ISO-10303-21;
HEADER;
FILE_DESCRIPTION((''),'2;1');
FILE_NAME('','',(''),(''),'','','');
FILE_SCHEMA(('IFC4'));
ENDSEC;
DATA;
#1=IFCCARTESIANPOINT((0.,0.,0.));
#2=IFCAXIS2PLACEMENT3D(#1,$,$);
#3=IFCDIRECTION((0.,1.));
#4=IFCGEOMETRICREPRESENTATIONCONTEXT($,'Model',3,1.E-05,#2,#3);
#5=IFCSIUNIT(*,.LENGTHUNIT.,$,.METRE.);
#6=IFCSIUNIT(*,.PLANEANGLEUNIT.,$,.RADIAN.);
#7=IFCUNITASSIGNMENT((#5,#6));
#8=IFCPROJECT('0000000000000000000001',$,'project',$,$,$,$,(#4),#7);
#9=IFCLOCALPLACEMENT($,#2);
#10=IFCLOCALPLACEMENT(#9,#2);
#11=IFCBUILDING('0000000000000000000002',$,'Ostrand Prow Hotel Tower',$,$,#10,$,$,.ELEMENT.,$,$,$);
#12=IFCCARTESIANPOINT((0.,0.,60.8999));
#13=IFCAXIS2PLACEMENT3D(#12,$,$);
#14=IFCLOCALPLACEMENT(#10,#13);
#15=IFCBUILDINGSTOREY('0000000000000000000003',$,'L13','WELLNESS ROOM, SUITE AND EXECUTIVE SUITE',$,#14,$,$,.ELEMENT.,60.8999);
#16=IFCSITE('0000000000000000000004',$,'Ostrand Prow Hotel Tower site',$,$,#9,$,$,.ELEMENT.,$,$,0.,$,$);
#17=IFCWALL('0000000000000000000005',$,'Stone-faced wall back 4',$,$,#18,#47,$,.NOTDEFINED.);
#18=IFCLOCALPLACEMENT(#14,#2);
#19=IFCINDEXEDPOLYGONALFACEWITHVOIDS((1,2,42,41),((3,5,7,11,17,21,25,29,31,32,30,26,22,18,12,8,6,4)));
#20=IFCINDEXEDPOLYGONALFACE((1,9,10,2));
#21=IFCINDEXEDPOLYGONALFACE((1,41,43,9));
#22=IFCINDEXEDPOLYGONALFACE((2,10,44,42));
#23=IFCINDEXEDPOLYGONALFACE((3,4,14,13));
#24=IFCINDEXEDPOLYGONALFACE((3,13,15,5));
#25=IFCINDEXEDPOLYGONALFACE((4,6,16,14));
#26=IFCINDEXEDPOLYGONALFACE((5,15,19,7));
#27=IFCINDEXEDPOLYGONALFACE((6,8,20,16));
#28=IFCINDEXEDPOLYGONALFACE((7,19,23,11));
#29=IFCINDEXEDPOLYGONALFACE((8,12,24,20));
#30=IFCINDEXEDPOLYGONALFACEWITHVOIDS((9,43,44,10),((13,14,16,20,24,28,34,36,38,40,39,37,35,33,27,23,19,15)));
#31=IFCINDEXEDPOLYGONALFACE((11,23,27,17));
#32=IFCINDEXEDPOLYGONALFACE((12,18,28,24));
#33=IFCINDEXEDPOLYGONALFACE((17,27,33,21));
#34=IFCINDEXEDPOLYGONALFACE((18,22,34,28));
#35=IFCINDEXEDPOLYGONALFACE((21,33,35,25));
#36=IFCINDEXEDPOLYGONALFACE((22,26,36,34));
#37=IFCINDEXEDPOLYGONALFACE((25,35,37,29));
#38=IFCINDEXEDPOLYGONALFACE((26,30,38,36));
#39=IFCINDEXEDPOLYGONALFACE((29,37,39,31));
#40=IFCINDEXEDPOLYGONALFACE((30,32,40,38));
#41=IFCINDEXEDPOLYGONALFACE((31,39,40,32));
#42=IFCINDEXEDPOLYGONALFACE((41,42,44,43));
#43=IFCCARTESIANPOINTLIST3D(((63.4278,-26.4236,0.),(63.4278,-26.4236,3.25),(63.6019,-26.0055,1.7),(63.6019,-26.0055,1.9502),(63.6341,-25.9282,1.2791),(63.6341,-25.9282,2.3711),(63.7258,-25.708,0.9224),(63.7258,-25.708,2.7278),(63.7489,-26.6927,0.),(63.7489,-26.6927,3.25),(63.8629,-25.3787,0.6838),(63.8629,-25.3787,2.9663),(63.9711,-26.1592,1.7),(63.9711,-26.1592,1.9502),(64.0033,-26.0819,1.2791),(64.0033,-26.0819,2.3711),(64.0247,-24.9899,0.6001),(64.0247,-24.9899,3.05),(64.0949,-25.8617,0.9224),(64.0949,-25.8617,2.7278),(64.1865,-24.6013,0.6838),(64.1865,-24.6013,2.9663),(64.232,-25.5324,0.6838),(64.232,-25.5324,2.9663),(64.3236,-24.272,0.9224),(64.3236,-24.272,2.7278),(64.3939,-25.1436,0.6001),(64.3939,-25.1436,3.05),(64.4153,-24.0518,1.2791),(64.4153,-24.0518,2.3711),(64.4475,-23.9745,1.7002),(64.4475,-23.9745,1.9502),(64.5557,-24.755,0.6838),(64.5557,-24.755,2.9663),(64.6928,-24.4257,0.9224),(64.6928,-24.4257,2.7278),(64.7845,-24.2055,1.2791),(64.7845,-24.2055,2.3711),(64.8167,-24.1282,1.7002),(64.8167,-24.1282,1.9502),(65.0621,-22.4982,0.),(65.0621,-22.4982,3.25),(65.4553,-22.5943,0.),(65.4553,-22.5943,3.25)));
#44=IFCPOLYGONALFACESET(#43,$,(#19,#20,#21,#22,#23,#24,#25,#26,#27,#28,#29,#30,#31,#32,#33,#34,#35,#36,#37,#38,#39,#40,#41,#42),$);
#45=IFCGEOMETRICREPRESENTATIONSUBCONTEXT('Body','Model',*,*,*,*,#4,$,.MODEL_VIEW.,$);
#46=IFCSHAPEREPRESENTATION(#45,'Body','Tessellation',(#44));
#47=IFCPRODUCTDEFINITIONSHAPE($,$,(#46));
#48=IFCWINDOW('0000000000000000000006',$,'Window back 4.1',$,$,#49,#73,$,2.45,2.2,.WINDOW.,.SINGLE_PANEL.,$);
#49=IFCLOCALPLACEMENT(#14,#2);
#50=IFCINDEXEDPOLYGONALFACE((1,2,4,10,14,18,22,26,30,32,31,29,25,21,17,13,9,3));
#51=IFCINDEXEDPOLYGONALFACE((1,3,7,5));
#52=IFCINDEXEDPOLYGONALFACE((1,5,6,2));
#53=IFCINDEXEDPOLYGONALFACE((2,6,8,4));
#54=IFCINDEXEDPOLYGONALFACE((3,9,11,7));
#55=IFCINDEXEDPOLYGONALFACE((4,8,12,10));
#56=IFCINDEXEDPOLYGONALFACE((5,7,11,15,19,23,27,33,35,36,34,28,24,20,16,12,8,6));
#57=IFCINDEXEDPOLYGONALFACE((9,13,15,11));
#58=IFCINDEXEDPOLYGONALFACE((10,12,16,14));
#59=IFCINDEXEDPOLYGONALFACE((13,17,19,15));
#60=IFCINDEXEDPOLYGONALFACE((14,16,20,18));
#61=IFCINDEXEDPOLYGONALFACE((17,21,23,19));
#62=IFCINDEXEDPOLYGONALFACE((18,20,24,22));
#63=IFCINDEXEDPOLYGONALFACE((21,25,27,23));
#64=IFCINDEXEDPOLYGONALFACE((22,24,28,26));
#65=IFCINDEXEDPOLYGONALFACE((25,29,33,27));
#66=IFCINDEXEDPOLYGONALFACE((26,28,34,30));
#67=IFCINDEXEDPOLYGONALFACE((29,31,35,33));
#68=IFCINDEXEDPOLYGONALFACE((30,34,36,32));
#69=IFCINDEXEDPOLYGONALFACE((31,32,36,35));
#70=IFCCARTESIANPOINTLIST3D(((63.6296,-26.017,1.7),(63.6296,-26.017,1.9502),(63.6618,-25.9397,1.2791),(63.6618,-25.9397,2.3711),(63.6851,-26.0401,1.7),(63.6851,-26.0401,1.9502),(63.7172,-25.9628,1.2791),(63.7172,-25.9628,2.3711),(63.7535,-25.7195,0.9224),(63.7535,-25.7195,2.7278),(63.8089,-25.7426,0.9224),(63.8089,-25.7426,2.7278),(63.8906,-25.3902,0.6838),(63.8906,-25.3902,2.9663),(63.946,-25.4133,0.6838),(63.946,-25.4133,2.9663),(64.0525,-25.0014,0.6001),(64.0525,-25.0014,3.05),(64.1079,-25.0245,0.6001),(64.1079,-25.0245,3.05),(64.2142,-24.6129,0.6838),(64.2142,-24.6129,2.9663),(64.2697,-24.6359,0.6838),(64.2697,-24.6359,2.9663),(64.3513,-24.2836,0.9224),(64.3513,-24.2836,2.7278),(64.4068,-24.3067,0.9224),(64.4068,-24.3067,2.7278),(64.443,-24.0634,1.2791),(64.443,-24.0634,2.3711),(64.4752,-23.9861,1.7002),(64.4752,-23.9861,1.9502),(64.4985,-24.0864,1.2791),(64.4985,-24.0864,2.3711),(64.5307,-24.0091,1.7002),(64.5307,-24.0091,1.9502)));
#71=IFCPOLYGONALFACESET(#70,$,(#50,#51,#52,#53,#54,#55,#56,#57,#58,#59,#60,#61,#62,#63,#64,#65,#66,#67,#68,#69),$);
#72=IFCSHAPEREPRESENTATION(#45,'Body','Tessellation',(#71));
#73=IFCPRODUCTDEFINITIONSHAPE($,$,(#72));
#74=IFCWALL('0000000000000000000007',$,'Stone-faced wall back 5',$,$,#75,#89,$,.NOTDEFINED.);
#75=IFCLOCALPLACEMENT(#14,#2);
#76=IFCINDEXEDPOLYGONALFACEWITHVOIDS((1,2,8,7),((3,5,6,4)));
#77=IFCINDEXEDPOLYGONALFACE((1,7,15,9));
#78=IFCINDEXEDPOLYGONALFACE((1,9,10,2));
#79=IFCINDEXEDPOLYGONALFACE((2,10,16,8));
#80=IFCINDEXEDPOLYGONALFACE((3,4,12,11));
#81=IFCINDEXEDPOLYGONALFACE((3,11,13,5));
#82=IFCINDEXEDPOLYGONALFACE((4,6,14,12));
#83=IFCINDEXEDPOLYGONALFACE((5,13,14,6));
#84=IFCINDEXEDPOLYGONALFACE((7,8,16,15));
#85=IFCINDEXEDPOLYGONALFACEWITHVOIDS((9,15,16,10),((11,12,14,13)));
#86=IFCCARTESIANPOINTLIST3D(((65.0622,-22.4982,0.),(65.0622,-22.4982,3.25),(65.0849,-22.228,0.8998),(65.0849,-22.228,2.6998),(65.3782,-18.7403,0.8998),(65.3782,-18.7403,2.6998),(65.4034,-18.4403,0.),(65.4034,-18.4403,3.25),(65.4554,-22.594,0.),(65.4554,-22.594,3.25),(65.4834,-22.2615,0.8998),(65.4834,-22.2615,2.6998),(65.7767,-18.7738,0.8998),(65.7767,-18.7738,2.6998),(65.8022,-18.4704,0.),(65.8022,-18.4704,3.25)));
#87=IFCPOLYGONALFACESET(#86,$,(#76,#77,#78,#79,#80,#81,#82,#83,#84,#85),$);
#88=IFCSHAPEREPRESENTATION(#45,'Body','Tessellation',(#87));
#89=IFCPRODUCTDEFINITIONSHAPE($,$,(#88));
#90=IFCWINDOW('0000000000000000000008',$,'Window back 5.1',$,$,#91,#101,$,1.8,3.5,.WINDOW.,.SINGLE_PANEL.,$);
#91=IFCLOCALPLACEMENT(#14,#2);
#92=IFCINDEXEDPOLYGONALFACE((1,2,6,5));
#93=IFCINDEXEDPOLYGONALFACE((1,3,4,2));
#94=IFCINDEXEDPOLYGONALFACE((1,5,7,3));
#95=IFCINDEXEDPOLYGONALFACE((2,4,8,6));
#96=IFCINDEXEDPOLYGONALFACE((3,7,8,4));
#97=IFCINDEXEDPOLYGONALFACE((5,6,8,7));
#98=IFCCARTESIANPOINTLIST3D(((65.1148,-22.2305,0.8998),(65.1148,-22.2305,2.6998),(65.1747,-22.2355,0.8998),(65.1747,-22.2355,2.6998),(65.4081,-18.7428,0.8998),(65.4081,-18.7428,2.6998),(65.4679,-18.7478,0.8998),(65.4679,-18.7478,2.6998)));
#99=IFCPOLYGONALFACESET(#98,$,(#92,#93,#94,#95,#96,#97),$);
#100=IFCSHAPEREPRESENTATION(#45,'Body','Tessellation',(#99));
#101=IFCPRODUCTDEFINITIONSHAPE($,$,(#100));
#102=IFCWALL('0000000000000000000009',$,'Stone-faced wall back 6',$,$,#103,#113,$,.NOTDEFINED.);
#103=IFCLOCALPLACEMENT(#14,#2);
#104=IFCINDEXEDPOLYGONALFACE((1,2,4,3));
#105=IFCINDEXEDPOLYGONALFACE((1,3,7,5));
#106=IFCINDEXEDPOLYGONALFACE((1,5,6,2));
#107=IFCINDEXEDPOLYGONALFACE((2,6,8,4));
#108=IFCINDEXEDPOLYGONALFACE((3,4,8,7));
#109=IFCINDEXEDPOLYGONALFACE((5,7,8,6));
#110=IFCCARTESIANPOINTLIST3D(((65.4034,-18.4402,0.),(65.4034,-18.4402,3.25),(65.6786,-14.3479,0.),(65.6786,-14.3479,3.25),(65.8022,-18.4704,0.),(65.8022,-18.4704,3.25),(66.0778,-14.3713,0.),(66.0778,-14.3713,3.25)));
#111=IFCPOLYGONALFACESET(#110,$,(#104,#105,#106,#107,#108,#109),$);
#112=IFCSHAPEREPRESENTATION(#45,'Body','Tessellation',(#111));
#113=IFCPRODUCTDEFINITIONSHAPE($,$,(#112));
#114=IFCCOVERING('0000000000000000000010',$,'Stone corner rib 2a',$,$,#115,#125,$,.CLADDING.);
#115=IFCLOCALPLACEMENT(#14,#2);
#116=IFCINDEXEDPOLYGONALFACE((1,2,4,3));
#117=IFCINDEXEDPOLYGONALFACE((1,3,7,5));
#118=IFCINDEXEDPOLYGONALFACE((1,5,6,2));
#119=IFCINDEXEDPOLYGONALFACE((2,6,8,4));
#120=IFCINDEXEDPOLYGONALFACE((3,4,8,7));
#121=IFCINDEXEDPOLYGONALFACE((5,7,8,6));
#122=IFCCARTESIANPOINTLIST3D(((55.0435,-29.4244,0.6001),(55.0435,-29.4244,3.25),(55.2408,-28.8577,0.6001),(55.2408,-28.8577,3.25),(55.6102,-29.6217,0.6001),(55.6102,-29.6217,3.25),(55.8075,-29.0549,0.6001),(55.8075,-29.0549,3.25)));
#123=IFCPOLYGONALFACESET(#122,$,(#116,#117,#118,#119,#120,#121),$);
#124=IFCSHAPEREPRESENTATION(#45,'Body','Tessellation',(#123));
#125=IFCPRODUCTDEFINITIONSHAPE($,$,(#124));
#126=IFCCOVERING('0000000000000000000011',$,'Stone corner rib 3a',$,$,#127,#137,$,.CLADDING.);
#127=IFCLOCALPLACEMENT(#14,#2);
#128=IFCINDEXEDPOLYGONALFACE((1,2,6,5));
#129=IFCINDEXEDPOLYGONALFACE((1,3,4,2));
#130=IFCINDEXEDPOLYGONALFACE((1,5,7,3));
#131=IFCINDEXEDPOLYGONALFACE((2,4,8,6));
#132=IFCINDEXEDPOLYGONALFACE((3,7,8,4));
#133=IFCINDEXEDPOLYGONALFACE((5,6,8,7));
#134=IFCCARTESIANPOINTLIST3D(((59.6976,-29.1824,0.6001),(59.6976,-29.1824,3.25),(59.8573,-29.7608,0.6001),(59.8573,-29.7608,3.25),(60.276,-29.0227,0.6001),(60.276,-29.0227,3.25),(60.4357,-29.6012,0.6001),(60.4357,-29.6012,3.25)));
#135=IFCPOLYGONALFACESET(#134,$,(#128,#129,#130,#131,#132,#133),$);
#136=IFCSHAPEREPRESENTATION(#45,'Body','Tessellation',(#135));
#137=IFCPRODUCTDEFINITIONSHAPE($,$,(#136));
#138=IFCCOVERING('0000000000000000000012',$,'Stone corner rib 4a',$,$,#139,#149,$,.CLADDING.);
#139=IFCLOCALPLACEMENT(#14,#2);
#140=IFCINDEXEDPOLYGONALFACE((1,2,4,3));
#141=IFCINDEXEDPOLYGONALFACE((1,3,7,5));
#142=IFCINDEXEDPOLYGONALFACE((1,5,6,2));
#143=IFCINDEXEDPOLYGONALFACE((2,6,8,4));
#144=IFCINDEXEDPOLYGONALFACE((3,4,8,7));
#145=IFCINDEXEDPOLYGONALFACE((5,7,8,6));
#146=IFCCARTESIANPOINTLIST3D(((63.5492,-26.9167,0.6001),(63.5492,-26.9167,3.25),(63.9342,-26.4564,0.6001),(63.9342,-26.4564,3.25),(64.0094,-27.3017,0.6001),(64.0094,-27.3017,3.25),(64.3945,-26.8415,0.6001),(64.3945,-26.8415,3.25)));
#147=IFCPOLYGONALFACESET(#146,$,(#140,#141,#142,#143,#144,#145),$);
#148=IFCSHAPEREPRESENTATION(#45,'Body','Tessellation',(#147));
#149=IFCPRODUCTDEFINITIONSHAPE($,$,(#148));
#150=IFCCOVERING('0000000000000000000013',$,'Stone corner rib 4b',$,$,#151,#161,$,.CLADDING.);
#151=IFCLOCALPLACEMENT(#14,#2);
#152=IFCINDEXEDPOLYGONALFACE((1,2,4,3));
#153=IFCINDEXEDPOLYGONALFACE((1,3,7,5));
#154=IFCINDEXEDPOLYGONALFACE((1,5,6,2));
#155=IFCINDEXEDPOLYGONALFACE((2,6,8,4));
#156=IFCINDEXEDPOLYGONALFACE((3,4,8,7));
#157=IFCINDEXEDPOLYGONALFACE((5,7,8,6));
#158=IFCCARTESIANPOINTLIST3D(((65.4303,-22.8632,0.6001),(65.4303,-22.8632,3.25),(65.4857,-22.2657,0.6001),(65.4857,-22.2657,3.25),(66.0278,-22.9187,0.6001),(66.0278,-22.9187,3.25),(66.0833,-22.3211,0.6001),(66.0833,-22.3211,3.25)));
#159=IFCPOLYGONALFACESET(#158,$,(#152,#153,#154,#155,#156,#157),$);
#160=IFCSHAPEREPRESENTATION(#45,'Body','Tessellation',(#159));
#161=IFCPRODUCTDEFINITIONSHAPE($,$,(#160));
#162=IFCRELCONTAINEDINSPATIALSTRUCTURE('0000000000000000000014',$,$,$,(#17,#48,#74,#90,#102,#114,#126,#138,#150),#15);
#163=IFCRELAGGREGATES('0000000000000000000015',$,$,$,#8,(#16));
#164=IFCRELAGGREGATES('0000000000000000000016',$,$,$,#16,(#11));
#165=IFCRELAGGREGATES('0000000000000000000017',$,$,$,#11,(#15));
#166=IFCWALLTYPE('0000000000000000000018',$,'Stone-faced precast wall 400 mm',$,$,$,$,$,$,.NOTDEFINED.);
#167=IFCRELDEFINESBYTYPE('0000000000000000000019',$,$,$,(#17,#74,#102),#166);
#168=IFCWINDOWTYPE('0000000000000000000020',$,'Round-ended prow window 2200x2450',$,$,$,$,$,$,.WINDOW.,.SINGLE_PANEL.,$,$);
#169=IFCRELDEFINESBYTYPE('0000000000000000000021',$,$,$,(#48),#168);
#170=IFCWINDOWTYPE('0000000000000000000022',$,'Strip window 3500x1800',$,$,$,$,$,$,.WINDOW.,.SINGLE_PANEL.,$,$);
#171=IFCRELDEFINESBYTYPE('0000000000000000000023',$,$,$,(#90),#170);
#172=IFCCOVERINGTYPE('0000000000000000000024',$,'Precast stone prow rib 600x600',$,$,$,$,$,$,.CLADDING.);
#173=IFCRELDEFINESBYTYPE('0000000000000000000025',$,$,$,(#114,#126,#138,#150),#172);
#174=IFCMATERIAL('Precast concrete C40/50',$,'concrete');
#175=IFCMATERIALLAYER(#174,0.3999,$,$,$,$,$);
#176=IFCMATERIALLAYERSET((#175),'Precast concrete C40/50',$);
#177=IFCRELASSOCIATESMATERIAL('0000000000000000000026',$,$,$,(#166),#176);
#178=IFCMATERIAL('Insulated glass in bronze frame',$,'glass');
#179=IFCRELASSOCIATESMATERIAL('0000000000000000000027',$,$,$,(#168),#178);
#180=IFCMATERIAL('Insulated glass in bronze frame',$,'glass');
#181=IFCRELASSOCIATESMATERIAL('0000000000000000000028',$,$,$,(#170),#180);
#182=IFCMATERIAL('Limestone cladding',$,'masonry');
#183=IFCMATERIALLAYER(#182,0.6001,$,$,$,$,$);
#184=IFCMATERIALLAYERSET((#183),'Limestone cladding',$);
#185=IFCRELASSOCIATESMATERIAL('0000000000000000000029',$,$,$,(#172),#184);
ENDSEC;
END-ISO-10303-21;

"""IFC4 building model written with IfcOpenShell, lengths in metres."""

from ifc_helpers import new_model, si_unit, direction, frame, frame_2d, origin, place, context, subcontext, project, spatial, polyline, rectangle, outline, extrude, material, layer, layer_set, type_object, element, fill, save


model = new_model("IFC4")

# Units and contexts
model_context = context("Model", 3, precision=1e-05, world=origin(), true_north=direction((0.0, 1.0)))
body_context = subcontext(model_context, "Body", "Model", "MODEL_VIEW")
ifc_project = project(units=[si_unit("LENGTHUNIT", "METRE"), si_unit("PLANEANGLEUNIT", "RADIAN")], contexts=[model_context])

# Site, building, storey
site_placement = place(None, origin())
site = spatial("IfcSite", under=ifc_project, at=site_placement, Name="Ostrand Prow Hotel Tower site", CompositionType="ELEMENT", RefElevation=0.0)
building_placement = place(site_placement, origin())
building = spatial("IfcBuilding", under=site, at=building_placement, Name="Ostrand Prow Hotel Tower", CompositionType="ELEMENT")
storey_placement = place(building_placement, frame((0.0, 0.0, 60.8999)))
storey = spatial("IfcBuildingStorey", under=building, at=storey_placement, Name="L13", Description="WELLNESS ROOM, SUITE AND EXECUTIVE SUITE", CompositionType="ELEMENT", Elevation=60.8999)

# Walls, openings, windows
ifc_material_1 = material(Name="Precast concrete C40/50", Category="concrete")
ifc_layer_1 = layer(ifc_material_1, 0.3999)
ifc_layer_set_1 = layer_set([ifc_layer_1], Name="Precast concrete C40/50")
wall_type_1 = type_object("IfcWallType", Name="Stone-faced precast wall 400 mm", PredefinedType="NOTDEFINED", material=ifc_layer_set_1)
ifc_material_2 = material(Name="Insulated glass in bronze frame", Category="glass")
window_type_1 = type_object("IfcWindowType", Name="Round-ended prow window 2200x2450", PartitioningType="SINGLE_PANEL", PredefinedType="WINDOW", material=ifc_material_2)
wall_1_placement = place(storey_placement, frame((63.5884, -26.5581, 0.0), z_axis=(0.0, 0.0, 1.0), x_axis=(0.384372, 0.923178, 0.0)))
wall_1 = element("IfcWall", 1, at=wall_1_placement, inside=storey, type_object=wall_type_1, Name="Stone-faced wall back 4", PredefinedType="NOTDEFINED", context=body_context, shape_type="SweptSolid", body=[
    extrude(outline(polyline([(-0.0625, -0.2), (4.377, -0.2), (4.3145, 0.2), (0.0625, 0.2), (-0.0625, -0.2)])), origin(), (0.0, 0.0, 1.0), 3.25),
])
opening_1_placement = place(wall_1_placement, frame((0.5154, 0.0, 0.6001)))
opening_1 = element("IfcOpeningElement", 2, at=opening_1_placement, cuts=wall_1, PredefinedType="OPENING", context=body_context, shape_type="SweptSolid", body=[
    extrude(outline(polyline([(0.0, 1.3501), (0.0837, 1.771), (0.3223, 2.1277), (0.679, 2.3662), (1.1001, 2.45), (1.521, 2.3662), (1.8777, 2.1277), (2.1162, 1.771), (2.2, 1.3501), (2.2, 1.1001), (2.1162, 0.679), (1.8777, 0.3223), (1.521, 0.0837), (1.1001, 0.0), (0.679, 0.0837), (0.3223, 0.3223), (0.0837, 0.679), (0.0, 1.0999), (0.0, 1.3501)])), frame((0.0, 0.21, 0.0), z_axis=(0.0, -1.0, 0.0), x_axis=(1.0, 0.0, 0.0)), (0.0, 0.0, 1.0), 0.4199),
])
window_1_placement = place(opening_1_placement, origin())
window_1 = element("IfcWindow", 3, at=window_1_placement, inside=storey, type_object=window_type_1, Name="Window back 4.1", OverallHeight=2.45, OverallWidth=2.2, PartitioningType="SINGLE_PANEL", PredefinedType="WINDOW", context=body_context, shape_type="SweptSolid", body=[
    extrude(outline(polyline([(0.0, 1.3501), (0.0837, 1.771), (0.3223, 2.1277), (0.679, 2.3662), (1.1001, 2.45), (1.521, 2.3662), (1.8777, 2.1277), (2.1162, 1.771), (2.2, 1.3501), (2.2, 1.1001), (2.1162, 0.679), (1.8777, 0.3223), (1.521, 0.0837), (1.1001, 0.0), (0.679, 0.0837), (0.3223, 0.3223), (0.0837, 0.679), (0.0, 1.0999), (0.0, 1.3501)])), frame((0.0, 0.1699, 0.0), z_axis=(0.0, -1.0, 0.0), x_axis=(1.0, 0.0, 0.0)), (0.0, 0.0, 1.0), 0.0601),
])
fill(opening_1, window_1)
wall_2_placement = place(storey_placement, frame((65.2588, -22.5461, 0.0), z_axis=(0.0, 0.0, 1.0), x_axis=(0.083794, 0.996483, 0.0)))
wall_2 = element("IfcWall", 4, at=wall_2_placement, inside=storey, type_object=wall_type_1, Name="Stone-faced wall back 5", PredefinedType="NOTDEFINED", context=body_context, shape_type="SweptSolid", body=[
    extrude(outline(polyline([(-0.0312, -0.2), (4.1069, -0.2), (4.1035, 0.2), (0.0312, 0.2), (-0.0312, -0.2)])), origin(), (0.0, 0.0, 1.0), 3.25),
])
opening_2_placement = place(wall_2_placement, frame((0.3025, 0.0, 0.8999)))
opening_2 = element("IfcOpeningElement", 5, at=opening_2_placement, cuts=wall_2, PredefinedType="OPENING", context=body_context, shape_type="SweptSolid", body=[
    extrude(rectangle(XDim=3.5, YDim=1.8, at=frame_2d((1.75, 0.8999))), frame((0.0, 0.21, 0.0), z_axis=(0.0, -1.0, 0.0), x_axis=(1.0, 0.0, 0.0)), (0.0, 0.0, 1.0), 0.4199),
])
ifc_material_3 = material(Name="Insulated glass in bronze frame", Category="glass")
window_type_2 = type_object("IfcWindowType", Name="Strip window 3500x1800", PartitioningType="SINGLE_PANEL", PredefinedType="WINDOW", material=ifc_material_3)
window_2_placement = place(opening_2_placement, origin())
window_2 = element("IfcWindow", 6, at=window_2_placement, inside=storey, type_object=window_type_2, Name="Window back 5.1", OverallHeight=1.8, OverallWidth=3.5, PartitioningType="SINGLE_PANEL", PredefinedType="WINDOW", context=body_context, shape_type="SweptSolid", body=[
    extrude(rectangle(XDim=3.5, YDim=1.8, at=frame_2d((1.75, 0.8999))), frame((0.0, 0.1699, 0.0), z_axis=(0.0, -1.0, 0.0), x_axis=(1.0, 0.0, 0.0)), (0.0, 0.0, 1.0), 0.0601),
])
fill(opening_2, window_2)

# Wall
wall_3_placement = place(storey_placement, frame((65.6028, -18.4553, 0.0), z_axis=(0.0, 0.0, 1.0), x_axis=(0.067087, 0.997747, 0.0)))
element("IfcWall", 7, at=wall_3_placement, inside=storey, type_object=wall_type_1, Name="Stone-faced wall back 6", PredefinedType="NOTDEFINED", context=body_context, shape_type="SweptSolid", body=[
    extrude(outline(polyline([(-0.0017, -0.2), (4.1067, -0.2), (4.1033, 0.2), (0.0017, 0.2), (-0.0017, -0.2)])), origin(), (0.0, 0.0, 1.0), 3.25),
])

# Coverings
ifc_material_4 = material(Name="Limestone cladding", Category="masonry")
ifc_layer_2 = layer(ifc_material_4, 0.6001)
ifc_layer_set_2 = layer_set([ifc_layer_2], Name="Limestone cladding")
covering_type = type_object("IfcCoveringType", Name="Precast stone prow rib 600x600", PredefinedType="CLADDING", material=ifc_layer_set_2)
for number, where, z_axis, x_axis, name in (
    (8, (55.5242, -28.9563, 0.6001), (0.0, 0.0, 1.0), (-0.328773, -0.944409, 0.0), "Stone corner rib 2a"),
    (9, (59.9868, -29.1025, 0.6001), (0.0, 0.0, 1.0), (0.266112, -0.963942, 0.0), "Stone corner rib 3a"),
    (10, (63.7417, -26.6865, 0.6001), (0.0, 0.0, 1.0), (0.766986, -0.641664, 0.0), "Stone corner rib 4a"),
    (11, (65.458, -22.5645, 0.6001), (0.0, 0.0, 1.0), (0.995725, -0.09237, 0.0), "Stone corner rib 4b"),
):
    element("IfcCovering", number, at=place(storey_placement, frame(where, z_axis=z_axis, x_axis=x_axis)), inside=storey, type_object=covering_type, Name=name, PredefinedType="CLADDING", context=body_context, shape_type="SweptSolid", body=[
        extrude(rectangle(XDim=0.6001, YDim=0.6001, at=frame_2d((0.3, 0.0))), origin(), (0.0, 0.0, 1.0), 2.6499),
    ])

save(model, "model.ifc")
